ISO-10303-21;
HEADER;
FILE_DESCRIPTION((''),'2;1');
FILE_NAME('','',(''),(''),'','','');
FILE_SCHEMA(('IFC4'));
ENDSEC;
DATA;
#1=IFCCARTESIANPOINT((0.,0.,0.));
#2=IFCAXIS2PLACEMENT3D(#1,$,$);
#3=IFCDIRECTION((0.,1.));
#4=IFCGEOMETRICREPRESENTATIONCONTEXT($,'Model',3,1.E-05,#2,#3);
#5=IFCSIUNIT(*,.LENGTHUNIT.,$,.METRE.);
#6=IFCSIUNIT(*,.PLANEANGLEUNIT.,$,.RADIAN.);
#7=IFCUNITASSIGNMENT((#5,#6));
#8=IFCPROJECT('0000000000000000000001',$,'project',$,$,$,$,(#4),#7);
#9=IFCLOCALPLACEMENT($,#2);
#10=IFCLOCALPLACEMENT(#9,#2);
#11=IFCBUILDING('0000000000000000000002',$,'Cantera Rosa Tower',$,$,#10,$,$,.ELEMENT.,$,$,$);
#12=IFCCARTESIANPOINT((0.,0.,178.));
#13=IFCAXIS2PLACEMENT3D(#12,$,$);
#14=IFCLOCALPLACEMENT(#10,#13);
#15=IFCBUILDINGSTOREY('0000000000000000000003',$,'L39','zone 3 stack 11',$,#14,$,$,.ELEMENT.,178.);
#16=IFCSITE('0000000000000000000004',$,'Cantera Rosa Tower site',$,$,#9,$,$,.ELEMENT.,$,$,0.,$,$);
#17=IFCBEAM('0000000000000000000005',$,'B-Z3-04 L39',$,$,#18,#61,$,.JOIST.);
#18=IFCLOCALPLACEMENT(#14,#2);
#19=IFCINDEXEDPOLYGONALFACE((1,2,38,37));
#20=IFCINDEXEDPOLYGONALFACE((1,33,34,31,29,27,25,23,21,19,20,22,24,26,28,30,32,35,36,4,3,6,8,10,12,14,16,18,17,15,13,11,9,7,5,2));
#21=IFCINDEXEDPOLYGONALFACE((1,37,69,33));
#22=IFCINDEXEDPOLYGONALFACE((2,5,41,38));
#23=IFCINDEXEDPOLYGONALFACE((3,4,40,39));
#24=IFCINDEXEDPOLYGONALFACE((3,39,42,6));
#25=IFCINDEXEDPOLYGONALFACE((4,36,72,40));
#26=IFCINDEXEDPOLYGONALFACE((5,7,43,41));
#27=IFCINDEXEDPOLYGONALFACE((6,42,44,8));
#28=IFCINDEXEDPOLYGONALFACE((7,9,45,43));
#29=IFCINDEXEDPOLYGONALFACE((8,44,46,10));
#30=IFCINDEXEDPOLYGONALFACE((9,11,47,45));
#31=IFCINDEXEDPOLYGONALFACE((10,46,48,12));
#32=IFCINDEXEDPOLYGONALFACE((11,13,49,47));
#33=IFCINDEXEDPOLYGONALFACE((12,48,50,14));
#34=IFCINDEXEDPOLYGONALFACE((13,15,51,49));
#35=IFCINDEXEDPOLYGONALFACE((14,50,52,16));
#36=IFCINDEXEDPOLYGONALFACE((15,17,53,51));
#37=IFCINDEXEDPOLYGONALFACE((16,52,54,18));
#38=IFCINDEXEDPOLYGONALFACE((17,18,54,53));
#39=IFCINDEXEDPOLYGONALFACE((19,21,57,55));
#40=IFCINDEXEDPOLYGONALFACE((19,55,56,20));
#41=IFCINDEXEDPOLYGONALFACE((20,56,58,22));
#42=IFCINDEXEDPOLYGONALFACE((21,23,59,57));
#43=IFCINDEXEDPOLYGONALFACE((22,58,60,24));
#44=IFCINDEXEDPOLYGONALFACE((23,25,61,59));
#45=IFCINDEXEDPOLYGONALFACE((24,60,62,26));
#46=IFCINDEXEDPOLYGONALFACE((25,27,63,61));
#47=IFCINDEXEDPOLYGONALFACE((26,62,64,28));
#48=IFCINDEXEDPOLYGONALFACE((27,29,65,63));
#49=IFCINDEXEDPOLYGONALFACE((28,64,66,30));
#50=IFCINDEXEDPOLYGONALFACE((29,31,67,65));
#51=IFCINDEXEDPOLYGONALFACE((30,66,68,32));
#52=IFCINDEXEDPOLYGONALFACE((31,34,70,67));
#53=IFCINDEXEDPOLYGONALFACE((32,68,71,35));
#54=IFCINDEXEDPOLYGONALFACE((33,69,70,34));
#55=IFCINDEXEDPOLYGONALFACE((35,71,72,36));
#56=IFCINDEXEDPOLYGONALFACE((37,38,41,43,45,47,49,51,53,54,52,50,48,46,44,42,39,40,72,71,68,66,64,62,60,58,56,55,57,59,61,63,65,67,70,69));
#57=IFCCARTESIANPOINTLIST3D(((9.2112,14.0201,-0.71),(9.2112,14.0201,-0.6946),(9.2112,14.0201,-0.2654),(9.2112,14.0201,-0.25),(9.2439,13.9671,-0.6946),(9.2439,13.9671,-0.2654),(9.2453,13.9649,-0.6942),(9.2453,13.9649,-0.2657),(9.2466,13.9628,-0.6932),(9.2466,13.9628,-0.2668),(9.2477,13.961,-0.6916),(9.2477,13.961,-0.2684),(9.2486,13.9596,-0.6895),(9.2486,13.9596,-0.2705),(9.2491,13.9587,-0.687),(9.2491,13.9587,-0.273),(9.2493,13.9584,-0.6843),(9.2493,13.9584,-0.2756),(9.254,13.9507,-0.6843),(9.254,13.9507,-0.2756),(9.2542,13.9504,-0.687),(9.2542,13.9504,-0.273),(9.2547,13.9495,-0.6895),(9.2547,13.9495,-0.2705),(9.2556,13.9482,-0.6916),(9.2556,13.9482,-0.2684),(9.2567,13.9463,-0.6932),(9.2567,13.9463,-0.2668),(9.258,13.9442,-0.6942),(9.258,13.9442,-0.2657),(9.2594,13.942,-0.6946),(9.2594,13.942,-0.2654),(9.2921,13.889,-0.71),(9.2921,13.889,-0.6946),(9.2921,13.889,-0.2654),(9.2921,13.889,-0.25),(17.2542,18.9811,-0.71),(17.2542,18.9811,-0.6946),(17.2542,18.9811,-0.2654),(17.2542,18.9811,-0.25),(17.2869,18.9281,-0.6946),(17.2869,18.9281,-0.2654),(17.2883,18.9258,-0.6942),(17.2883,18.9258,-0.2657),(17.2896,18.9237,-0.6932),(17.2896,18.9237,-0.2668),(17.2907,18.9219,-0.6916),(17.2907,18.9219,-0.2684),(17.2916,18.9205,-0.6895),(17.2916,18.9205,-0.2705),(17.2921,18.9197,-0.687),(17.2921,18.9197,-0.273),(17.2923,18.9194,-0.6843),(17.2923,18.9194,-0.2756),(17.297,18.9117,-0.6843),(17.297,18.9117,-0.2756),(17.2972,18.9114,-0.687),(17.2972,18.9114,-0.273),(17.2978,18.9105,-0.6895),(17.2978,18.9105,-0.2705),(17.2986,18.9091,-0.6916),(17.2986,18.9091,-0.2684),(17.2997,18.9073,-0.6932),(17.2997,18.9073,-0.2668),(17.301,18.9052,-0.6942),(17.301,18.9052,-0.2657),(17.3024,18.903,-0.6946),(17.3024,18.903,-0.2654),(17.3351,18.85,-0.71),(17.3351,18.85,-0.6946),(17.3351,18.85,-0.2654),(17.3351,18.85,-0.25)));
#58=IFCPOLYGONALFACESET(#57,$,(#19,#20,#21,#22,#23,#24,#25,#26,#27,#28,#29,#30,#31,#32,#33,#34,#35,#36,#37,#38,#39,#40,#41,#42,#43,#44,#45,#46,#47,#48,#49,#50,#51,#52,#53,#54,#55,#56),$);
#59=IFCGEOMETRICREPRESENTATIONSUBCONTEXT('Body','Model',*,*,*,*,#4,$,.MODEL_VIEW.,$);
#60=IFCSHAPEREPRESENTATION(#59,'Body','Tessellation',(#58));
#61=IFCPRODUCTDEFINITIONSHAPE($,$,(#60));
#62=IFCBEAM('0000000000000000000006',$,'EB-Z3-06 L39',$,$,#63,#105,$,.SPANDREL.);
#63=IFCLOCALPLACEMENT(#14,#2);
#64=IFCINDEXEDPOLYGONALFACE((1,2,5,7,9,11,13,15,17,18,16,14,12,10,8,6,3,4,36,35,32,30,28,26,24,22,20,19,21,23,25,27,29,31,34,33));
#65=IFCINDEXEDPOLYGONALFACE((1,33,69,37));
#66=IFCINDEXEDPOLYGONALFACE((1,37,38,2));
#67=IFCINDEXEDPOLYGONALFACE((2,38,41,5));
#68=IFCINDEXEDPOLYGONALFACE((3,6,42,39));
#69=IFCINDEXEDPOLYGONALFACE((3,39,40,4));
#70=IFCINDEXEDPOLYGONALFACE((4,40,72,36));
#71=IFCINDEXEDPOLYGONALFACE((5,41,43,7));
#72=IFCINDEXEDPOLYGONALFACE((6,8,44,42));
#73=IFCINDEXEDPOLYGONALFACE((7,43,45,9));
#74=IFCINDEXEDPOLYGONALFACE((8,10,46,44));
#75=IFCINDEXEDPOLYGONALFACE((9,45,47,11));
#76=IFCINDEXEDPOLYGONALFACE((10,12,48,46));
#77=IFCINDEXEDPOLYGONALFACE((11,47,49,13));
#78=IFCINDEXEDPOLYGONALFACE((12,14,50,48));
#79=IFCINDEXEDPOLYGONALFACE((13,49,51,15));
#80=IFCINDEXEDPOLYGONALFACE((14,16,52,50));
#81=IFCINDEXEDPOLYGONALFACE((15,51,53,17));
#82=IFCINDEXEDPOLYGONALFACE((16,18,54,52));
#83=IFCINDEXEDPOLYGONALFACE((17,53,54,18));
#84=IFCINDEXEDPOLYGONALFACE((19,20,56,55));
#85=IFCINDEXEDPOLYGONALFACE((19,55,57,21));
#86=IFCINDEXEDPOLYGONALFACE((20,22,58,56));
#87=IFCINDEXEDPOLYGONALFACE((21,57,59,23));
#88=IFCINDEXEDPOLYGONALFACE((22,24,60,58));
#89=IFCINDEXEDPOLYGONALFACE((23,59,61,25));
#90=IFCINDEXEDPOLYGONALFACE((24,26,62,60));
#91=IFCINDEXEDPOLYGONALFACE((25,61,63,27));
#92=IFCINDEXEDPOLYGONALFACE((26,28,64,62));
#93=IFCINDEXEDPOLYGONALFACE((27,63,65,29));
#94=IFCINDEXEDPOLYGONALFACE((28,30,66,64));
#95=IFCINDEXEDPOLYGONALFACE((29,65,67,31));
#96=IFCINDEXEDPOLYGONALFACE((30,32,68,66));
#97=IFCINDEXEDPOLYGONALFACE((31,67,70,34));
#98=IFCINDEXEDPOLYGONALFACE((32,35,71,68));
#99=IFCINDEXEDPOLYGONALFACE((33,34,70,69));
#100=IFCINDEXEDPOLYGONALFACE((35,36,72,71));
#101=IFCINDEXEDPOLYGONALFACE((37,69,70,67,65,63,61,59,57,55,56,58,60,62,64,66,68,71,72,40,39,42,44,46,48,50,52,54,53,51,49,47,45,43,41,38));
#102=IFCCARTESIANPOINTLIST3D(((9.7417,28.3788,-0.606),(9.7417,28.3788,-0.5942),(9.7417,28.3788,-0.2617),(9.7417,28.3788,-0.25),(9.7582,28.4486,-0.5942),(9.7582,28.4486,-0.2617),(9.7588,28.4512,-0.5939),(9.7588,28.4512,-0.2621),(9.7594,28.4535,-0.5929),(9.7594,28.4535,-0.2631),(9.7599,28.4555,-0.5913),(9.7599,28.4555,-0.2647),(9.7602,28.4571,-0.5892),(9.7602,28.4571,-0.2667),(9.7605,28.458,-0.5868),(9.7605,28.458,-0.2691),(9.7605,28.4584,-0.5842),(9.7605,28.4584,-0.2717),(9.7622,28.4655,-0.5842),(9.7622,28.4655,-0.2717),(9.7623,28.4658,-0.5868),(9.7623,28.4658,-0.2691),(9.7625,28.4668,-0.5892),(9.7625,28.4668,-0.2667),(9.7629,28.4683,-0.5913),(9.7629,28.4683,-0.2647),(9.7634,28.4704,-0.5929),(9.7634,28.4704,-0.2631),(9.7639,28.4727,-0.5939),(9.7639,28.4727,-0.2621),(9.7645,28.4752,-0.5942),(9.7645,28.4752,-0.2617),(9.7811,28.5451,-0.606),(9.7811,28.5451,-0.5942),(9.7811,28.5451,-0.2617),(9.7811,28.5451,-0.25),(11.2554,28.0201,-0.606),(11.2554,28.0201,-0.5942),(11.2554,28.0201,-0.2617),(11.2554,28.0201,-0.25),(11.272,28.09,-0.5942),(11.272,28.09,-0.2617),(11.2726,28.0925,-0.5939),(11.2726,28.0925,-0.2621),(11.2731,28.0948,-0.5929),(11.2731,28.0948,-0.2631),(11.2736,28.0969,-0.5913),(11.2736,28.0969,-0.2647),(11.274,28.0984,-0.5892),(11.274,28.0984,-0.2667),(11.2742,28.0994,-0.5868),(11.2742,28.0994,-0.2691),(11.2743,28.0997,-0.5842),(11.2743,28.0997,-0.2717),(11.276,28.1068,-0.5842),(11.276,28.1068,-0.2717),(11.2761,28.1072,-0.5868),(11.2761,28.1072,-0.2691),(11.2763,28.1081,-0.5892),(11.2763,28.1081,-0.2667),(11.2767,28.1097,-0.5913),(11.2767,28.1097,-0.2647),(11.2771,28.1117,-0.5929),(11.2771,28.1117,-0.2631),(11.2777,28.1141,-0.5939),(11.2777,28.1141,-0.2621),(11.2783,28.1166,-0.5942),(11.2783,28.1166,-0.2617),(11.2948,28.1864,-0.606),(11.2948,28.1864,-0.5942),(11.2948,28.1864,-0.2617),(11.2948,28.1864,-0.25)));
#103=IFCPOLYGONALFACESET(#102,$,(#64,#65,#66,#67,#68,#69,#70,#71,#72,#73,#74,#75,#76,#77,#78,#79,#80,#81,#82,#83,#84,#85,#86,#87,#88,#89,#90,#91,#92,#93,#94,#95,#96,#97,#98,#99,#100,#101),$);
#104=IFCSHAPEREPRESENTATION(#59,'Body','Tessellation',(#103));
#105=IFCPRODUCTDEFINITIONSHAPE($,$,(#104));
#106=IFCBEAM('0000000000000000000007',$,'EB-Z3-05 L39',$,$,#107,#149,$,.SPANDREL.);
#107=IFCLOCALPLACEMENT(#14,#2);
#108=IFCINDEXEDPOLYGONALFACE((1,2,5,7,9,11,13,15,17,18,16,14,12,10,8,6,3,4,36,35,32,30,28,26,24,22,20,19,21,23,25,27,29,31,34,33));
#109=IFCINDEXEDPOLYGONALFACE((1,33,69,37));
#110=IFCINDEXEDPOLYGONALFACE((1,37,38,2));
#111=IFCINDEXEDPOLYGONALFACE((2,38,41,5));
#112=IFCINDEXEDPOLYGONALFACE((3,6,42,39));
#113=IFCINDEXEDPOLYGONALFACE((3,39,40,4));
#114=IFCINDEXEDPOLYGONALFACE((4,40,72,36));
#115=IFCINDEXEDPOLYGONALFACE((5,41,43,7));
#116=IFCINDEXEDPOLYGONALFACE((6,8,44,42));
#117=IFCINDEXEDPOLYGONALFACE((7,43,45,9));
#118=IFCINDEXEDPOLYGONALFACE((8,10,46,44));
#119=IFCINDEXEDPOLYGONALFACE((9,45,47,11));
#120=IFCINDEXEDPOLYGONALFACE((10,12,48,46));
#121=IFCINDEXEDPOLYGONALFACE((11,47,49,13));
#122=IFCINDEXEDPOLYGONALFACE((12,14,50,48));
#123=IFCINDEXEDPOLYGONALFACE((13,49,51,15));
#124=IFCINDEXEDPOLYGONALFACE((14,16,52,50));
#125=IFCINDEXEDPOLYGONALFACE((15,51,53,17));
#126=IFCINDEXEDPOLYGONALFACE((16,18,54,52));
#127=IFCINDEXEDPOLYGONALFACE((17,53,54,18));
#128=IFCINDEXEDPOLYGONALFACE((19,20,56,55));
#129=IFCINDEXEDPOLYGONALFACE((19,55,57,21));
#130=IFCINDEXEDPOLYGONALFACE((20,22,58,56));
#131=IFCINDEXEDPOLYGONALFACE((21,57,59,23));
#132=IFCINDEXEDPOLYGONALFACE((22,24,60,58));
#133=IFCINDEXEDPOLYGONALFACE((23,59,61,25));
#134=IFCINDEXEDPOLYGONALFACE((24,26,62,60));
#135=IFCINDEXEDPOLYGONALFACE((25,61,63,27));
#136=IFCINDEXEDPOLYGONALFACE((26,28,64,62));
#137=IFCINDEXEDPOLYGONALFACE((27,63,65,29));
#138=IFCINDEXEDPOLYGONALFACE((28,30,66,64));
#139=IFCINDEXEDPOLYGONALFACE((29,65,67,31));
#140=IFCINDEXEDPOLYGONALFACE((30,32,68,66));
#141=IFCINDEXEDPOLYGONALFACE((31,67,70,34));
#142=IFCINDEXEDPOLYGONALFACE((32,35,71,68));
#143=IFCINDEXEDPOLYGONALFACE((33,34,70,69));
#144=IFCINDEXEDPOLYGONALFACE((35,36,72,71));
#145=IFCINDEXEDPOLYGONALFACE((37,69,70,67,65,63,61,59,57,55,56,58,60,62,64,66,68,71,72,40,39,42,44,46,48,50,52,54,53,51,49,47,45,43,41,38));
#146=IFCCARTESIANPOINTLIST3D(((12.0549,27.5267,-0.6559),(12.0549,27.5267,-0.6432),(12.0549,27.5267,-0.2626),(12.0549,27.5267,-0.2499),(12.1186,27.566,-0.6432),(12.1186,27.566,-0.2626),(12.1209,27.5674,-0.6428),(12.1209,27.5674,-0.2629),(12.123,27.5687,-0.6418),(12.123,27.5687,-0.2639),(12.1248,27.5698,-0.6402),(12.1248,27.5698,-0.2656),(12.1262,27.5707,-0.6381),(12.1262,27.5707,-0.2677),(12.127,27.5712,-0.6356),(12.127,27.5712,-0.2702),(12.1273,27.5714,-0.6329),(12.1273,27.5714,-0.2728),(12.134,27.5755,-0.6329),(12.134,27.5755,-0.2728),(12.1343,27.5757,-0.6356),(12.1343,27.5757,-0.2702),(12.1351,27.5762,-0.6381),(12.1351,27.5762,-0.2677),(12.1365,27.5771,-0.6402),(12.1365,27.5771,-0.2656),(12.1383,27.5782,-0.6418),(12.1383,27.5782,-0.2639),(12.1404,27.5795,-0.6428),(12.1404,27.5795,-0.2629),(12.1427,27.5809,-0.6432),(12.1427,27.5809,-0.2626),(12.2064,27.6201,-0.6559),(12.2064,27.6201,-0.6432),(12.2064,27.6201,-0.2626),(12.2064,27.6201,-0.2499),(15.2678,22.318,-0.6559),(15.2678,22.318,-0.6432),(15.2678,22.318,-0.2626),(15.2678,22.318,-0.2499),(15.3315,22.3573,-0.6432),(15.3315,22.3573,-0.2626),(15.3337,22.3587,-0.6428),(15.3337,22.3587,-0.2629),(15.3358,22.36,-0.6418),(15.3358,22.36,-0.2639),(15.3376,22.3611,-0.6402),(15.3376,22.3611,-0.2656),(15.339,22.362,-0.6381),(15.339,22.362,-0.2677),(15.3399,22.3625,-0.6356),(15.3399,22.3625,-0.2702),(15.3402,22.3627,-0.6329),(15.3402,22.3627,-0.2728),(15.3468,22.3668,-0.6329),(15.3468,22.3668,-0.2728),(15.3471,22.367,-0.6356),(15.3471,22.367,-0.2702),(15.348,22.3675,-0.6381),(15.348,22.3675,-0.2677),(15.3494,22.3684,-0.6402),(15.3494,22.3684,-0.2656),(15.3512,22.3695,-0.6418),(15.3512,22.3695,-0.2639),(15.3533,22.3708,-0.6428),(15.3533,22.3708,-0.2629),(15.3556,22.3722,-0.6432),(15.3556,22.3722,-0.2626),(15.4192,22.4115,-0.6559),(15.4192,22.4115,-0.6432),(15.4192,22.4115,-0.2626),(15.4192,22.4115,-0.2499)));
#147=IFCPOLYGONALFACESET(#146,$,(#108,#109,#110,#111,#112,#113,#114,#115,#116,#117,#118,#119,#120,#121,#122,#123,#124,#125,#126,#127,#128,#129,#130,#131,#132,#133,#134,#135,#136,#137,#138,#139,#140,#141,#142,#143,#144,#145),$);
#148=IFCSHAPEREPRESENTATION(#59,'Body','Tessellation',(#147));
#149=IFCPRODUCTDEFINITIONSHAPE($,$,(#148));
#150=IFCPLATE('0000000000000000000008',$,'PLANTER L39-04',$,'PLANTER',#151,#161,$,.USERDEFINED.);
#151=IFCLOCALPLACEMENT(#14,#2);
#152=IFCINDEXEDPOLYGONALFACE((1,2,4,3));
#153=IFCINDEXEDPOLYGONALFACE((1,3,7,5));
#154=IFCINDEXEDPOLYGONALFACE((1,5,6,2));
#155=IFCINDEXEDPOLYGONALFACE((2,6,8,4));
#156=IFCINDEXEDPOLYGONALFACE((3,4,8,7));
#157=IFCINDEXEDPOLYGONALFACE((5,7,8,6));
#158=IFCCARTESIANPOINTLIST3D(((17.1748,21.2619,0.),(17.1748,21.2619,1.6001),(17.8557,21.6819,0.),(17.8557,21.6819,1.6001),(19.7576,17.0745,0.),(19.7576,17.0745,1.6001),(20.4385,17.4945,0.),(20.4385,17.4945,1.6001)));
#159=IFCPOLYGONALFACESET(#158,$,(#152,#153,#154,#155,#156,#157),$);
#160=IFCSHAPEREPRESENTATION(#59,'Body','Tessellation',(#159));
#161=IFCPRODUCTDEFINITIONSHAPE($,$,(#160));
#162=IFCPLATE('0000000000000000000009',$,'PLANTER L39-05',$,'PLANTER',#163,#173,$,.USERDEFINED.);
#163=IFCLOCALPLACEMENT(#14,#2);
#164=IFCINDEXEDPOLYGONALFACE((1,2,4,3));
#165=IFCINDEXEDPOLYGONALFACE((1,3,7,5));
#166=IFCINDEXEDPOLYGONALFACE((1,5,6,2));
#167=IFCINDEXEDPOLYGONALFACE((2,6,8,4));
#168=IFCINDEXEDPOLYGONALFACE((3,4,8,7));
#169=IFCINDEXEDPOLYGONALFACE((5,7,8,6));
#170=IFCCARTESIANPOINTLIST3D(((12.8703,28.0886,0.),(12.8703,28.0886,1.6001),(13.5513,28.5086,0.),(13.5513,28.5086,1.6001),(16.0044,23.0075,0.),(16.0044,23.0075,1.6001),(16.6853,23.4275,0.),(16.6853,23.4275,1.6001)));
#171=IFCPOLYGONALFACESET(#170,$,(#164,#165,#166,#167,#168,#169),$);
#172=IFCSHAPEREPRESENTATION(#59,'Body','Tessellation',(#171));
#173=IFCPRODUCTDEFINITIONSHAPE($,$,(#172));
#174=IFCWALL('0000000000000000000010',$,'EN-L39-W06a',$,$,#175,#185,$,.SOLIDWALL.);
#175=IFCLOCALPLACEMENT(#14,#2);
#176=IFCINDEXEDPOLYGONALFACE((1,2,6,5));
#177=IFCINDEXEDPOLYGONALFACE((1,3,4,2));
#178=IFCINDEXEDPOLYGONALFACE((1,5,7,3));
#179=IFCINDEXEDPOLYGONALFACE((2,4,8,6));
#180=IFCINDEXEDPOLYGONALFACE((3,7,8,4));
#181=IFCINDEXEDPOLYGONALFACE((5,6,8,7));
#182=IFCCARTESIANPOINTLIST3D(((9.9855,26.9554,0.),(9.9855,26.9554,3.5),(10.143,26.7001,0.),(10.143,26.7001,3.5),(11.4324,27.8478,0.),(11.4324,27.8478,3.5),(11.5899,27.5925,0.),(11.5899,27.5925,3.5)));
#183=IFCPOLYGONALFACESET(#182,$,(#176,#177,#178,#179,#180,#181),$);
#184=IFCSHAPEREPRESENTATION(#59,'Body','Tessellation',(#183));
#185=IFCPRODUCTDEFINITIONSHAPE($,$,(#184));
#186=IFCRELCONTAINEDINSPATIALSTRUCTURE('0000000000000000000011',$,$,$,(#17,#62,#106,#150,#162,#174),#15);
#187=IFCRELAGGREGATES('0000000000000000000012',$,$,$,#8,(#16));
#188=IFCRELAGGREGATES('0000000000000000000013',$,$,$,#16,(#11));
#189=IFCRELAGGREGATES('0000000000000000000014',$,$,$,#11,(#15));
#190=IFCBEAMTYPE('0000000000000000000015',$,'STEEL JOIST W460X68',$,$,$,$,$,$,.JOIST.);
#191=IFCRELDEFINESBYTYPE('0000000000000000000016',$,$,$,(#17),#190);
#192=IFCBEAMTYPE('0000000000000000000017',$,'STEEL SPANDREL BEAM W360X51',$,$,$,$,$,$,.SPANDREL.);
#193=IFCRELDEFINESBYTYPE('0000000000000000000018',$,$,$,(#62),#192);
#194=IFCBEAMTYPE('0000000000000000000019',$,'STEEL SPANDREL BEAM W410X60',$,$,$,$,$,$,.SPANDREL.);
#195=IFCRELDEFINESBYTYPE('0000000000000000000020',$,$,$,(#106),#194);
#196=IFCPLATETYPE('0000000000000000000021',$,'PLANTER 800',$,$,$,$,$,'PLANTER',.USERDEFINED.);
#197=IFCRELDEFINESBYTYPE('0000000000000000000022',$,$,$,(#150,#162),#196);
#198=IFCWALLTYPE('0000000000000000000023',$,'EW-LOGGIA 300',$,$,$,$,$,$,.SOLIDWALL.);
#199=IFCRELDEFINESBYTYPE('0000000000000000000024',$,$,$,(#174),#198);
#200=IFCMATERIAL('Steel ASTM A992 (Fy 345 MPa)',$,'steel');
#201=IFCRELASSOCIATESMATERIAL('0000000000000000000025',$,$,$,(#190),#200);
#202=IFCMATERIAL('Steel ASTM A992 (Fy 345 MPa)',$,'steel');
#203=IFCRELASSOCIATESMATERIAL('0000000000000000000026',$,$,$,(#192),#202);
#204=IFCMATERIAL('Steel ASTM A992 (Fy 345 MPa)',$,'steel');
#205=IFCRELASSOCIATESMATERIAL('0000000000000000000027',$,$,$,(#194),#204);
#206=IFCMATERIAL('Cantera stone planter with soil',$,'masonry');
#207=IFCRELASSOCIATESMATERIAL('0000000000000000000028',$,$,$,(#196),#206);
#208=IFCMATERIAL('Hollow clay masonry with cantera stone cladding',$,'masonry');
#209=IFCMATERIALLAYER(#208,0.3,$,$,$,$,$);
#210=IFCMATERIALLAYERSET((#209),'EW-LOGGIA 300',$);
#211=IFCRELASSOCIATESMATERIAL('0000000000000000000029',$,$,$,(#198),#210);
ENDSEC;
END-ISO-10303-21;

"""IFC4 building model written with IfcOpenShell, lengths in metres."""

from ifc_helpers import new_model, si_unit, direction, frame, frame_2d, origin, origin_2d, place, context, subcontext, project, spatial, rectangle, i_section, extrude, material, layer, layer_set, material_profile, profile_set, type_object, element, save


model = new_model("IFC4")

# Units and contexts
model_context = context("Model", 3, precision=1e-05, world=origin(), true_north=direction((0.0, 1.0)))
body_context = subcontext(model_context, "Body", "Model", "MODEL_VIEW")
ifc_project = project(units=[si_unit("LENGTHUNIT", "METRE"), si_unit("PLANEANGLEUNIT", "RADIAN")], contexts=[model_context])

# Site, building, storey
site_placement = place(None, origin())
site = spatial("IfcSite", under=ifc_project, at=site_placement, Name="Cantera Rosa Tower site", CompositionType="ELEMENT", RefElevation=0.0)
building_placement = place(site_placement, origin())
building = spatial("IfcBuilding", under=site, at=building_placement, Name="Cantera Rosa Tower", CompositionType="ELEMENT")
storey_placement = place(building_placement, frame((0.0, 0.0, 178.0)))
storey = spatial("IfcBuildingStorey", under=building, at=storey_placement, Name="L39", Description="zone 3 stack 11", CompositionType="ELEMENT", Elevation=178.0)

# Beams
ifc_material_1 = material(Name="Steel ASTM A992 (Fy 345 MPa)", Category="steel")
ifc_material_profile_1 = material_profile(ifc_material_1, i_section(OverallWidth=0.1541, OverallDepth=0.46, WebThickness=0.009, FlangeThickness=0.0154, FilletRadius=0.0103, at=origin_2d()), Name="W460X68")
ifc_profile_set_1 = profile_set([ifc_material_profile_1], Name="Steel ASTM A992 (Fy 345 MPa)")
beam_type_1 = type_object("IfcBeamType", Name="STEEL JOIST W460X68", PredefinedType="JOIST", material=ifc_profile_set_1)
beam_1_placement = place(storey_placement, frame((17.2947, 18.9155, -0.48), z_axis=(-0.851119, -0.524974, 0.0), x_axis=(0.524974, -0.851119, 0.0)))
element("IfcBeam", 1, at=beam_1_placement, inside=storey, type_object=beam_type_1, Name="B-Z3-04 L39", PredefinedType="JOIST", context=body_context, shape_type="SweptSolid", body=[
    extrude(i_section(OverallWidth=0.1541, OverallDepth=0.46, WebThickness=0.009, FlangeThickness=0.0154, FilletRadius=0.0103, at=origin_2d()), origin(), (0.0, 0.0, 1.0), 9.45),
])
ifc_material_2 = material(Name="Steel ASTM A992 (Fy 345 MPa)", Category="steel")
ifc_material_profile_2 = material_profile(ifc_material_2, i_section(OverallWidth=0.1709, OverallDepth=0.356, WebThickness=0.0073, FlangeThickness=0.0117, FilletRadius=0.01, at=origin_2d()), Name="W360X51")
ifc_profile_set_2 = profile_set([ifc_material_profile_2], Name="Steel ASTM A992 (Fy 345 MPa)")
beam_type_2 = type_object("IfcBeamType", Name="STEEL SPANDREL BEAM W360X51", PredefinedType="SPANDREL", material=ifc_profile_set_2)
beam_2_placement = place(storey_placement, frame((11.2751, 28.1033, -0.428), z_axis=(-0.97306, 0.230552, 0.0), x_axis=(-0.230552, -0.97306, 0.0)))
element("IfcBeam", 2, at=beam_2_placement, inside=storey, type_object=beam_type_2, Name="EB-Z3-06 L39", PredefinedType="SPANDREL", context=body_context, shape_type="SweptSolid", body=[
    extrude(i_section(OverallWidth=0.1709, OverallDepth=0.356, WebThickness=0.0073, FlangeThickness=0.0117, FilletRadius=0.01, at=origin_2d()), origin(), (0.0, 0.0, 1.0), 1.5557),
])
ifc_material_3 = material(Name="Steel ASTM A992 (Fy 345 MPa)", Category="steel")
ifc_material_profile_3 = material_profile(ifc_material_3, i_section(OverallWidth=0.178, OverallDepth=0.406, WebThickness=0.0078, FlangeThickness=0.0127, FilletRadius=0.0103, at=origin_2d()), Name="W410X60")
ifc_profile_set_3 = profile_set([ifc_material_profile_3], Name="Steel ASTM A992 (Fy 345 MPa)")
beam_type_3 = type_object("IfcBeamType", Name="STEEL SPANDREL BEAM W410X60", PredefinedType="SPANDREL", material=ifc_profile_set_3)
beam_3_placement = place(storey_placement, frame((15.3435, 22.3647, -0.4529), z_axis=(-0.524987, 0.85111, 0.0), x_axis=(-0.85111, -0.524987, 0.0)))
element("IfcBeam", 3, at=beam_3_placement, inside=storey, type_object=beam_type_3, Name="EB-Z3-05 L39", PredefinedType="SPANDREL", context=body_context, shape_type="SweptSolid", body=[
    extrude(i_section(OverallWidth=0.178, OverallDepth=0.406, WebThickness=0.0078, FlangeThickness=0.0127, FilletRadius=0.0103, at=origin_2d()), origin(), (0.0, 0.0, 1.0), 6.1199),
])

# Plates
ifc_material_4 = material(Name="Cantera stone planter with soil", Category="masonry")
plate_type = type_object("IfcPlateType", Name="PLANTER 800", ElementType="PLANTER", PredefinedType="USERDEFINED", material=ifc_material_4)
plate_1_placement = place(storey_placement, frame((18.8066, 19.3782, 0.0), z_axis=(0.0, 0.0, 1.0), x_axis=(-0.524977, 0.851117, 0.0)))
element("IfcPlate", 4, at=plate_1_placement, inside=storey, type_object=plate_type, Name="PLANTER L39-04", ObjectType="PLANTER", PredefinedType="USERDEFINED", context=body_context, shape_type="SweptSolid", body=[
    extrude(rectangle(XDim=4.9199, YDim=0.8, at=origin_2d()), origin(), (0.0, 0.0, 1.0), 1.6001),
])
plate_2_placement = place(storey_placement, frame((14.7778, 25.7581, 0.0), z_axis=(0.0, 0.0, 1.0), x_axis=(-0.524977, 0.851117, 0.0)))
element("IfcPlate", 5, at=plate_2_placement, inside=storey, type_object=plate_type, Name="PLANTER L39-05", ObjectType="PLANTER", PredefinedType="USERDEFINED", context=body_context, shape_type="SweptSolid", body=[
    extrude(rectangle(XDim=5.97, YDim=0.8, at=origin_2d()), origin(), (0.0, 0.0, 1.0), 1.6001),
])

# Wall
ifc_material_5 = material(Name="Hollow clay masonry with cantera stone cladding", Category="masonry")
ifc_layer_1 = layer(ifc_material_5, 0.3)
ifc_layer_set_1 = layer_set([ifc_layer_1], Name="EW-LOGGIA 300")
wall_type_1 = type_object("IfcWallType", Name="EW-LOGGIA 300", PredefinedType="SOLIDWALL", material=ifc_layer_set_1)
wall_1_placement = place(storey_placement, frame((11.5112, 27.7202, 0.0), z_axis=(0.0, 0.0, 1.0), x_axis=(-0.85113, -0.524955, 0.0)))
element("IfcWall", 6, at=wall_1_placement, inside=storey, type_object=wall_type_1, Name="EN-L39-W06a", PredefinedType="SOLIDWALL", context=body_context, shape_type="SweptSolid", body=[
    extrude(rectangle(XDim=1.7, YDim=0.3, at=frame_2d((0.8501, 0.0))), origin(), (0.0, 0.0, 1.0), 3.5),
])

save(model, "model.ifc")
